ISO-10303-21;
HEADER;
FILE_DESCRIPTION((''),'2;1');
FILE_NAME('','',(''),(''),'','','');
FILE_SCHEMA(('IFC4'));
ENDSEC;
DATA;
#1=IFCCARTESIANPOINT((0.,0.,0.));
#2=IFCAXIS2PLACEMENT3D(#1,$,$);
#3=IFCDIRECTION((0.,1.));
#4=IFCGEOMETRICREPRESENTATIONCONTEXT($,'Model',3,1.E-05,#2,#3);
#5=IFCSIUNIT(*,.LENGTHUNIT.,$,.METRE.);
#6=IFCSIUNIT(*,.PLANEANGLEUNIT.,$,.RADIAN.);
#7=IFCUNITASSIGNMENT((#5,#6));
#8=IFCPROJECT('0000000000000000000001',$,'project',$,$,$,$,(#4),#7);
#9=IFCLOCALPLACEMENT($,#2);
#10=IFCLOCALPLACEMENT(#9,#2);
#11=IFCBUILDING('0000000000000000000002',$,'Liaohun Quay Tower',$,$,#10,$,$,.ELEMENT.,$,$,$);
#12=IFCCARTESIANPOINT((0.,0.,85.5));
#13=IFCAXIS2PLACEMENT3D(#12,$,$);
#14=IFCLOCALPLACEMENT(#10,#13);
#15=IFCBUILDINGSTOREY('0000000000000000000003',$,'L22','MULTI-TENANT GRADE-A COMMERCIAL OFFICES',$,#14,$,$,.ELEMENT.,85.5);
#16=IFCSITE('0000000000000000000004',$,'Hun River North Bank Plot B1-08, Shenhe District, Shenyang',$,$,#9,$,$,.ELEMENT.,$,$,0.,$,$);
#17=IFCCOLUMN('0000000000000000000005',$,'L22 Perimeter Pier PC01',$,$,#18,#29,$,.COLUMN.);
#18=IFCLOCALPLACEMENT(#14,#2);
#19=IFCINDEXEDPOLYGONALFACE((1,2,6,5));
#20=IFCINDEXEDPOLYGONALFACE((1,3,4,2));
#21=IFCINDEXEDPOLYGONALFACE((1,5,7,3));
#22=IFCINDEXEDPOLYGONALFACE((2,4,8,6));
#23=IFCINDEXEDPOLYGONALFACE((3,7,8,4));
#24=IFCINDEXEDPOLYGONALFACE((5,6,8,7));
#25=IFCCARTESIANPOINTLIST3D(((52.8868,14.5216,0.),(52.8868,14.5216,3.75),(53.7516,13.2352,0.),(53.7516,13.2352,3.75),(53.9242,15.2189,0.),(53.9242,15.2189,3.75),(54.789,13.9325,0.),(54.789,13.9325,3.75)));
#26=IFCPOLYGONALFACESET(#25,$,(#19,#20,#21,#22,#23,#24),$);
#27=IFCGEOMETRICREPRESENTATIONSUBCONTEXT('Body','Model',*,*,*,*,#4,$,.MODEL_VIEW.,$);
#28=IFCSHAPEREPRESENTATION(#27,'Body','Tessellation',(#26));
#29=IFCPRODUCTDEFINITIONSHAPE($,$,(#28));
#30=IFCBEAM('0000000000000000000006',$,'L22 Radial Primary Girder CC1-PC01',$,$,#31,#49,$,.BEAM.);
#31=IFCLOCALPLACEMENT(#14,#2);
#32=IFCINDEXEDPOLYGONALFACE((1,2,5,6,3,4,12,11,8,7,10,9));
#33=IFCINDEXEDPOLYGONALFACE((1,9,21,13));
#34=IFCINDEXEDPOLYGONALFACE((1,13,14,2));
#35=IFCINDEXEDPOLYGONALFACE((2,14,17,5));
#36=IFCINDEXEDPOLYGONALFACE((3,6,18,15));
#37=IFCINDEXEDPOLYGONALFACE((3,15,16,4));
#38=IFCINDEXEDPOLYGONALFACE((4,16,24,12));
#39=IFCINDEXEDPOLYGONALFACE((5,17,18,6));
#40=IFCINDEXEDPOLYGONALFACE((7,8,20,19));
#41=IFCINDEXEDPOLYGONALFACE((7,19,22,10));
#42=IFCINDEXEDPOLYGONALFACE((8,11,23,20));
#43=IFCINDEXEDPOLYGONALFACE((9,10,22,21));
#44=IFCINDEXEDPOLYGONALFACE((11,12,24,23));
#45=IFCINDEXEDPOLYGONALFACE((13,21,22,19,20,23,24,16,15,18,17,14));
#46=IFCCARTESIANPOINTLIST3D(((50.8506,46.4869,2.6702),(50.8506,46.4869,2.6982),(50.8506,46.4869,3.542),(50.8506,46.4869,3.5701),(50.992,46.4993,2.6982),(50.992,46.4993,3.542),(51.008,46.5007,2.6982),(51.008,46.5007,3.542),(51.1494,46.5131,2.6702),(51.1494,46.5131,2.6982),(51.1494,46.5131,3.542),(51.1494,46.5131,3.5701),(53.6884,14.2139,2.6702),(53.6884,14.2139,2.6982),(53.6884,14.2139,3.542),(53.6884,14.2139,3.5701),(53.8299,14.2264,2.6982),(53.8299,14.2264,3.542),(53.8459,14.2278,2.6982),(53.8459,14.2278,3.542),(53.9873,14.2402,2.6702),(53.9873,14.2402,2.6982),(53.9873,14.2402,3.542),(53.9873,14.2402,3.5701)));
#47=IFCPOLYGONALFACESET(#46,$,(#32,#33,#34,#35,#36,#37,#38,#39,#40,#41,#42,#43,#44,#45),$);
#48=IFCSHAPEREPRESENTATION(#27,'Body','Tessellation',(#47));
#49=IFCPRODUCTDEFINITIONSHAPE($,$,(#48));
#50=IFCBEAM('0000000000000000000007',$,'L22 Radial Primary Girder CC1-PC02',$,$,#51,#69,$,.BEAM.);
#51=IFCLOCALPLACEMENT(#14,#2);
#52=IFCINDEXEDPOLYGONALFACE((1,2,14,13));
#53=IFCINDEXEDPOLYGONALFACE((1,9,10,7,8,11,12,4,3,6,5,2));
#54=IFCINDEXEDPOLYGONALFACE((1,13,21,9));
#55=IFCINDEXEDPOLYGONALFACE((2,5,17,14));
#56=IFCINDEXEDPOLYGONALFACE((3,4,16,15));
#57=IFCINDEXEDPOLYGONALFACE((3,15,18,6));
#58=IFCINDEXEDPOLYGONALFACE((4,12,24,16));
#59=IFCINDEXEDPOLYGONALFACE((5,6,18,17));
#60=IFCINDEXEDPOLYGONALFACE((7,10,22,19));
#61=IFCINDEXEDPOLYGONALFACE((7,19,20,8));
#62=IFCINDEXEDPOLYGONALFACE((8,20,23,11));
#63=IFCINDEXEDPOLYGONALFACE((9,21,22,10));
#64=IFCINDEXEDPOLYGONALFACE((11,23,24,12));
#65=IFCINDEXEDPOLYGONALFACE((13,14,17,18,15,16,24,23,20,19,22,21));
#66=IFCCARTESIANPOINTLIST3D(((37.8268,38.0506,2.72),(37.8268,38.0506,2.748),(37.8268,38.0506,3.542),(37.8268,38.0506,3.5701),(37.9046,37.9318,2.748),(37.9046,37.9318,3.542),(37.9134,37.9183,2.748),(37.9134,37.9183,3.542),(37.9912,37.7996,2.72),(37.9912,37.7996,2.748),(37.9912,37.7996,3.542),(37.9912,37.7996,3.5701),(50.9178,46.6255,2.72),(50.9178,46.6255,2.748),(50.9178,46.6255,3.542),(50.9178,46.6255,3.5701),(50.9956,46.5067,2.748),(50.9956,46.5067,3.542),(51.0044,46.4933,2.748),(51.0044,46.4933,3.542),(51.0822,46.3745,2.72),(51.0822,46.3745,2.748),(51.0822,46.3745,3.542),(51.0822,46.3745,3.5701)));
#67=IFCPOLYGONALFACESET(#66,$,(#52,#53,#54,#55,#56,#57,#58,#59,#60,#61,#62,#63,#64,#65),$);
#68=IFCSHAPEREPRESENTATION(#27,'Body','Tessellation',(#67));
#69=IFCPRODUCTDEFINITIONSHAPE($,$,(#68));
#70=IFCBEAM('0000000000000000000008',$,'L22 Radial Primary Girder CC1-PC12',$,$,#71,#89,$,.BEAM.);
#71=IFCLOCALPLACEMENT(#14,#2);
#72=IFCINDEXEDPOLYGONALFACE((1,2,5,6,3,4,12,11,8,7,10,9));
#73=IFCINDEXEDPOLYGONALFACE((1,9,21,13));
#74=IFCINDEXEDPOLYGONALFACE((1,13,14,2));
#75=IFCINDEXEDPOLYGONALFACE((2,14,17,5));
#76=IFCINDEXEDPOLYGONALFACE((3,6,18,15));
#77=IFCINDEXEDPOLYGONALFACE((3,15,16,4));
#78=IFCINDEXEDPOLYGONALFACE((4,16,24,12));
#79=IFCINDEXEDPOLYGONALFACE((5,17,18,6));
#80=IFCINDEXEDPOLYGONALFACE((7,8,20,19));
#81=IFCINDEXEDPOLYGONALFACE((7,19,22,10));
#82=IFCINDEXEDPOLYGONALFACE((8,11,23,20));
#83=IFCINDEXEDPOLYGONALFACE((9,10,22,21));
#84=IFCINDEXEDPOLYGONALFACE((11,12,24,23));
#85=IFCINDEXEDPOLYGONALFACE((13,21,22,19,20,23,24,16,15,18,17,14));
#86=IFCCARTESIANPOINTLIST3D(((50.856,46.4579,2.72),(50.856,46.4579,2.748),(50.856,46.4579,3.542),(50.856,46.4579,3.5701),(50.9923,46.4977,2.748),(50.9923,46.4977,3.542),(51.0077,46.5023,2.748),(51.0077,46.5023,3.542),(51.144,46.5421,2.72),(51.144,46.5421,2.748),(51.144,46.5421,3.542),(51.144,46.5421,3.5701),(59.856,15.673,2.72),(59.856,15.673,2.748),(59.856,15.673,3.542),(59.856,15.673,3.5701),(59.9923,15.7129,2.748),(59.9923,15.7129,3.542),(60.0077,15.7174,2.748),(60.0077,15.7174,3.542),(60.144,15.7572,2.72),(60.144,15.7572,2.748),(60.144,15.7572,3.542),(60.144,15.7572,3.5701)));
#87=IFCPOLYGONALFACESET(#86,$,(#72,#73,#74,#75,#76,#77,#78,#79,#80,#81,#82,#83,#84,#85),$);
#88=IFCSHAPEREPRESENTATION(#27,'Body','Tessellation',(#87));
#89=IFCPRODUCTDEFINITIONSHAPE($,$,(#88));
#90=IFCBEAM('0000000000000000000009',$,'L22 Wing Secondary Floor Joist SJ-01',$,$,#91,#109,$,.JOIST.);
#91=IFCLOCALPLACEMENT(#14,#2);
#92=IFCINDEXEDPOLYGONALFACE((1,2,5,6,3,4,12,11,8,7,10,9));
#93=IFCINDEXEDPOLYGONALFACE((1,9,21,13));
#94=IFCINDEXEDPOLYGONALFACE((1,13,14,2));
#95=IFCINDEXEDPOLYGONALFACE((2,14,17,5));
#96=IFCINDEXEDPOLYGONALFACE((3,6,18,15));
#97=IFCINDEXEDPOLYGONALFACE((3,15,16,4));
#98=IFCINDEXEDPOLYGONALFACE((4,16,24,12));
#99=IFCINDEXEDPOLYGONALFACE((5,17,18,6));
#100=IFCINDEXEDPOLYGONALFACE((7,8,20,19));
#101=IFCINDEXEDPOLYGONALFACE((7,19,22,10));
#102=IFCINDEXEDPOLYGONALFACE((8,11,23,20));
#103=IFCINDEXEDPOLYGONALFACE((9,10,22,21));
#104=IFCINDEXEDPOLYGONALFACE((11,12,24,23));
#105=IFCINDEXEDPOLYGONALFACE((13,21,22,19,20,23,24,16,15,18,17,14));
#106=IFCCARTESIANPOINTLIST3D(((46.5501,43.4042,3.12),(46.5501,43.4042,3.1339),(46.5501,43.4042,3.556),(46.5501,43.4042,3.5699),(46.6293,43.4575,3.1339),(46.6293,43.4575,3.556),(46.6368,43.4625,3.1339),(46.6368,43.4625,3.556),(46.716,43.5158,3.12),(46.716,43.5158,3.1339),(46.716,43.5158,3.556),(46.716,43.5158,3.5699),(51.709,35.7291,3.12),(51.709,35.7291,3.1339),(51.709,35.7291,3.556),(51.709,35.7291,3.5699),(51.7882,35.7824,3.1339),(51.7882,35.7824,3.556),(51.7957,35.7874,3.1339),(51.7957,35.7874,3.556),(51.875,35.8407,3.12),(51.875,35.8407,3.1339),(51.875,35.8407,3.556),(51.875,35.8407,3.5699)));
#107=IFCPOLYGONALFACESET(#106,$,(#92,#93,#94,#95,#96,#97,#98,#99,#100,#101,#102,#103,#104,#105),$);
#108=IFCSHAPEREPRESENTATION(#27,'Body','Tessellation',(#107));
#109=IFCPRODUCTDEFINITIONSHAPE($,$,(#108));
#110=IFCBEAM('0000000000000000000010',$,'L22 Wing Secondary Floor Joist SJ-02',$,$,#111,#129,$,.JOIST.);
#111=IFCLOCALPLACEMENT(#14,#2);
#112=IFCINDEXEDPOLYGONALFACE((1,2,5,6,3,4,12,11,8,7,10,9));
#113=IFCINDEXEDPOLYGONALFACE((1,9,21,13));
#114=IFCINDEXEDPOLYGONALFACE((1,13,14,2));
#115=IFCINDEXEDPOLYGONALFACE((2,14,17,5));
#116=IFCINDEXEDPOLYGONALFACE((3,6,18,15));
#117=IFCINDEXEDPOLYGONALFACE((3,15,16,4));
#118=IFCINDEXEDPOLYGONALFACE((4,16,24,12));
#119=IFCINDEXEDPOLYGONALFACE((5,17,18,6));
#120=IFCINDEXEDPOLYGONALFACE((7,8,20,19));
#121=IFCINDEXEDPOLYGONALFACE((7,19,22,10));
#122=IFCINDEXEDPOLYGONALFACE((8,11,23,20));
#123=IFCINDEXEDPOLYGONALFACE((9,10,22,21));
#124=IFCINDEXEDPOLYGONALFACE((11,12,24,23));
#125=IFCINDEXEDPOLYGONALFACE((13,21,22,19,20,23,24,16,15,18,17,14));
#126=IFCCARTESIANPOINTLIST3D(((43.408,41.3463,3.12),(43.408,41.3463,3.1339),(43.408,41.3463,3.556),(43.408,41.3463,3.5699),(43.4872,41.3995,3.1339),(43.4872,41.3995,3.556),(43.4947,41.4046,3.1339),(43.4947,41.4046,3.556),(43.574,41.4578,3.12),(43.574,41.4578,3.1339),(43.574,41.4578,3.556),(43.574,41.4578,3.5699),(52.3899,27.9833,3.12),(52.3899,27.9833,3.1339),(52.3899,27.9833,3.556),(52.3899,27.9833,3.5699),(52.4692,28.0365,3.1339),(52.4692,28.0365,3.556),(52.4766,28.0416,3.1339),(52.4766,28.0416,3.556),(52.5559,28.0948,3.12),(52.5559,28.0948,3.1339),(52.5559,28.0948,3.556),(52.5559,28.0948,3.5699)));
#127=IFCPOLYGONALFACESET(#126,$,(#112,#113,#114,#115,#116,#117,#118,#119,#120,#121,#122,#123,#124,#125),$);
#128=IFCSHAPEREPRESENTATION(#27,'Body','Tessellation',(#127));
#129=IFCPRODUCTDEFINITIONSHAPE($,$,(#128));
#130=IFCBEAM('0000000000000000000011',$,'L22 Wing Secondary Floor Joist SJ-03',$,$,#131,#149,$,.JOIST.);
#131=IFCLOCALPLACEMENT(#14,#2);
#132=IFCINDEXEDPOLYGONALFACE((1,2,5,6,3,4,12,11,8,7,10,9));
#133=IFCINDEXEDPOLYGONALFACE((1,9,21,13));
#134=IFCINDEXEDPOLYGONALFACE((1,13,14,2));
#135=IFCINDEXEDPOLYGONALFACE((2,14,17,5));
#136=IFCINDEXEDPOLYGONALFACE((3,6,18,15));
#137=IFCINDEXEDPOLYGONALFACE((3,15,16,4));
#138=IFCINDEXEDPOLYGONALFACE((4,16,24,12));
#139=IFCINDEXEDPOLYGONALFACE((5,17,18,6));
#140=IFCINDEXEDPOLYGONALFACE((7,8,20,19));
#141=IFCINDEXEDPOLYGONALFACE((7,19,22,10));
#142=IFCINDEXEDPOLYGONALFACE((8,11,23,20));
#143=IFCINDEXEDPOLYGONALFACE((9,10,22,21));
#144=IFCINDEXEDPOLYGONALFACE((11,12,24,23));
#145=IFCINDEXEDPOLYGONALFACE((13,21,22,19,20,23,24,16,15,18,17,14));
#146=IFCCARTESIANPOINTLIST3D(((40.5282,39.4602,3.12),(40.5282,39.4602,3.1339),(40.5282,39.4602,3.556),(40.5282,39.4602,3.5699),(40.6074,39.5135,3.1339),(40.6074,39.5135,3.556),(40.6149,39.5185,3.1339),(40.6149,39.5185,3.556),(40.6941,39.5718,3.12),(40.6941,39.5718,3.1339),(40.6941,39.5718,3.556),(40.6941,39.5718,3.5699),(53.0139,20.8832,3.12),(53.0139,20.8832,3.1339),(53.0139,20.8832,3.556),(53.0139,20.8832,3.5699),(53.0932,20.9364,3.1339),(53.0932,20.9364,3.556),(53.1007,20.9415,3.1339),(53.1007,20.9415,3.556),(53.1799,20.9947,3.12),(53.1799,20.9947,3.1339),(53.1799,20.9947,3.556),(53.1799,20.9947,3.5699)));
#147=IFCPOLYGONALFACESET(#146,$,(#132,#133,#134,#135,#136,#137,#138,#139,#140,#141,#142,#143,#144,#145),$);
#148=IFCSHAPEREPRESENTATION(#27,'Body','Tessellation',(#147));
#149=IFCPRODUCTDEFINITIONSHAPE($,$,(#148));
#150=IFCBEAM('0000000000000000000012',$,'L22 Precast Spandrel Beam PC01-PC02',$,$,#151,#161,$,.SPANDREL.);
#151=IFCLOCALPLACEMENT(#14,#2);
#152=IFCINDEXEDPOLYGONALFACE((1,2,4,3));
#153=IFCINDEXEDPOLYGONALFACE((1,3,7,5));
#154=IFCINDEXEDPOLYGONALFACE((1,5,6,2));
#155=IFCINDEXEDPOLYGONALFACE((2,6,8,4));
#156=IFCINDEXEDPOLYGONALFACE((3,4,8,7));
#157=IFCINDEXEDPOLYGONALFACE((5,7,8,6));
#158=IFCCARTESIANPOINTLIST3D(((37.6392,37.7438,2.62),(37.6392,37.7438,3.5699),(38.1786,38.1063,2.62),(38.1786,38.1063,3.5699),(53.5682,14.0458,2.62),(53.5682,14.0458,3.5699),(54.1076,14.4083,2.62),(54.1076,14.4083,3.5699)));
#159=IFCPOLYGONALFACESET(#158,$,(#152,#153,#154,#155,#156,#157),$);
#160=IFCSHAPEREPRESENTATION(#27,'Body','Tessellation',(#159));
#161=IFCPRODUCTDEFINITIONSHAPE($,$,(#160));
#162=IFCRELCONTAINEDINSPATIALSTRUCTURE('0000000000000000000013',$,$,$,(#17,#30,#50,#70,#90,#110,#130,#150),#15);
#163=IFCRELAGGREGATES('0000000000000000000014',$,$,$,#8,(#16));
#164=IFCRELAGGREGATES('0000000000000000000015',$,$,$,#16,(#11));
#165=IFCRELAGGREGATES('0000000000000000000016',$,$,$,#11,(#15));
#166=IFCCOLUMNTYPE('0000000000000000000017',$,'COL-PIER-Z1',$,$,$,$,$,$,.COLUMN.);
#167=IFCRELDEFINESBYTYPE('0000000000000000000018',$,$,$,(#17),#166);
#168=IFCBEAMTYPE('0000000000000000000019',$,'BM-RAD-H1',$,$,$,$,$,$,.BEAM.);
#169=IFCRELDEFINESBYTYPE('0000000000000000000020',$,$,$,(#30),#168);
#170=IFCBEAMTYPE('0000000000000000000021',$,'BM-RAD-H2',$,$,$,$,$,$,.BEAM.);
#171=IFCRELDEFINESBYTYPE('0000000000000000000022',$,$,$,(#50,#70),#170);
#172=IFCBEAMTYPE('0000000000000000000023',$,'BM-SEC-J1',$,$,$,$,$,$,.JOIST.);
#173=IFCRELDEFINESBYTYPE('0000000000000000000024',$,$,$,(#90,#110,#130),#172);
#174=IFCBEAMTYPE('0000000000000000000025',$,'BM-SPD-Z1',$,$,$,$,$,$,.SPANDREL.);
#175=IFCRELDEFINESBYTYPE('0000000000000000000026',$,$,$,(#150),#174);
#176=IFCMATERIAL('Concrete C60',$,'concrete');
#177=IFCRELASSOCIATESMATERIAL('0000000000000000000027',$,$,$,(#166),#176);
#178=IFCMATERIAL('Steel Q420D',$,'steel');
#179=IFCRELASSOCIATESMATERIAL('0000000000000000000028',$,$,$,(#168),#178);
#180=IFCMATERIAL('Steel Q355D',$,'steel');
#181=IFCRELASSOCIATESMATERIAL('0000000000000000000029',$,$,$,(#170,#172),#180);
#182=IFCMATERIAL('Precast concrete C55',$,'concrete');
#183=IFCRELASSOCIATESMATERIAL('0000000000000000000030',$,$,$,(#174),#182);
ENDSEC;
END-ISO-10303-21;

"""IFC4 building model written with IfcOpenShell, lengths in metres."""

from ifc_helpers import new_model, si_unit, direction, frame, origin, origin_2d, place, context, subcontext, project, spatial, rectangle, i_section, extrude, source, transform, mapped, material, material_profile, profile_set, type_object, element, save


model = new_model("IFC4")

# Units and contexts
model_context = context("Model", 3, precision=1e-05, world=origin(), true_north=direction((0.0, 1.0)))
body_context = subcontext(model_context, "Body", "Model", "MODEL_VIEW")
ifc_project = project(units=[si_unit("LENGTHUNIT", "METRE"), si_unit("PLANEANGLEUNIT", "RADIAN")], contexts=[model_context])

# Site, building, storey
site_placement = place(None, origin())
site = spatial("IfcSite", under=ifc_project, at=site_placement, Name="Hun River North Bank Plot B1-08, Shenhe District, Shenyang", CompositionType="ELEMENT", RefElevation=0.0)
building_placement = place(site_placement, origin())
building = spatial("IfcBuilding", under=site, at=building_placement, Name="Liaohun Quay Tower", CompositionType="ELEMENT")
storey_placement = place(building_placement, frame((0.0, 0.0, 85.5)))
storey = spatial("IfcBuildingStorey", under=building, at=storey_placement, Name="L22", Description="MULTI-TENANT GRADE-A COMMERCIAL OFFICES", CompositionType="ELEMENT", Elevation=85.5)

# Column
ifc_material_1 = material(Name="Concrete C60", Category="concrete")
ifc_material_profile_1 = material_profile(ifc_material_1, rectangle(XDim=1.55, YDim=1.25, at=origin_2d()), Name="RC1550x1250")
ifc_profile_set_1 = profile_set([ifc_material_profile_1], Name="Concrete C60")
column_type = type_object("IfcColumnType", Name="COL-PIER-Z1", PredefinedType="COLUMN", material=ifc_profile_set_1)
shared_shape_1 = source(origin(), body_context, "Body", "SweptSolid", [
    extrude(rectangle(XDim=1.55, YDim=1.25, at=origin_2d()), origin(), (0.0, 0.0, 1.0), 3.75),
])
column_placement = place(storey_placement, frame((53.8379, 14.2271, 0.0), z_axis=(0.0, 0.0, 1.0), x_axis=(-0.55789, 0.829915, 0.0)))
element("IfcColumn", 1, at=column_placement, inside=storey, type_object=column_type, Name="L22 Perimeter Pier PC01", PredefinedType="COLUMN", context=body_context, shape_type="MappedRepresentation", body=[
    mapped(shared_shape_1, transform((0.0, 0.0, 0.0), x_axis=(1.0, 0.0, 0.0), y_axis=(0.0, 1.0, 0.0), z_axis=(0.0, 0.0, 1.0), scale=1.0)),
])

# Beams
ifc_material_2 = material(Name="Steel Q420D", Category="steel")
ifc_material_profile_2 = material_profile(ifc_material_2, i_section(OverallWidth=0.3, OverallDepth=0.8999, WebThickness=0.0161, FlangeThickness=0.0281, at=origin_2d()), Name="HN900x300x16x28")
ifc_profile_set_2 = profile_set([ifc_material_profile_2], Name="Steel Q420D")
beam_type_1 = type_object("IfcBeamType", Name="BM-RAD-H1", PredefinedType="BEAM", material=ifc_profile_set_2)
shared_shape_2 = source(origin(), body_context, "Body", "SweptSolid", [
    extrude(i_section(OverallWidth=0.3, OverallDepth=0.8999, WebThickness=0.0161, FlangeThickness=0.0281, at=origin_2d()), origin(), (0.0, 0.0, 1.0), 32.3975),
])
beam_1_placement = place(storey_placement, frame((51.0, 46.5, 3.1201), z_axis=(0.087596, -0.996156, 0.0), x_axis=(0.996156, 0.087596, 0.0)))
element("IfcBeam", 2, at=beam_1_placement, inside=storey, type_object=beam_type_1, Name="L22 Radial Primary Girder CC1-PC01", PredefinedType="BEAM", context=body_context, shape_type="MappedRepresentation", body=[
    mapped(shared_shape_2, transform((0.0, 0.0, 0.0), x_axis=(1.0, 0.0, 0.0), y_axis=(0.0, 1.0, 0.0), z_axis=(0.0, 0.0, 1.0), scale=1.0)),
])
ifc_material_3 = material(Name="Steel Q355D", Category="steel")
ifc_material_profile_3 = material_profile(ifc_material_3, i_section(OverallWidth=0.3, OverallDepth=0.8501, WebThickness=0.0161, FlangeThickness=0.0281, at=origin_2d()), Name="HN850x300x16x28")
ifc_profile_set_3 = profile_set([ifc_material_profile_3], Name="Steel Q355D")
beam_type_2 = type_object("IfcBeamType", Name="BM-RAD-H2", PredefinedType="BEAM", material=ifc_profile_set_3)
shared_shape_3 = source(origin(), body_context, "Body", "SweptSolid", [
    extrude(i_section(OverallWidth=0.3, OverallDepth=0.8501, WebThickness=0.0161, FlangeThickness=0.0281, at=origin_2d()), origin(), (0.0, 0.0, 1.0), 15.6494),
])
beam_2_placement = place(storey_placement, frame((51.0, 46.5, 3.145), z_axis=(-0.836518, -0.547939, 0.0), x_axis=(0.547939, -0.836518, 0.0)))
element("IfcBeam", 3, at=beam_2_placement, inside=storey, type_object=beam_type_2, Name="L22 Radial Primary Girder CC1-PC02", PredefinedType="BEAM", context=body_context, shape_type="MappedRepresentation", body=[
    mapped(shared_shape_3, transform((0.0, 0.0, 0.0), x_axis=(1.0, 0.0, 0.0), y_axis=(0.0, 1.0, 0.0), z_axis=(0.0, 0.0, 1.0), scale=1.0)),
])
shared_shape_4 = source(origin(), body_context, "Body", "SweptSolid", [
    extrude(i_section(OverallWidth=0.3, OverallDepth=0.8501, WebThickness=0.0161, FlangeThickness=0.0281, at=origin_2d()), origin(), (0.0, 0.0, 1.0), 32.0735),
])
beam_3_placement = place(storey_placement, frame((51.0, 46.5, 3.145), z_axis=(0.280605, -0.959823, 0.0), x_axis=(0.959823, 0.280605, 0.0)))
element("IfcBeam", 4, at=beam_3_placement, inside=storey, type_object=beam_type_2, Name="L22 Radial Primary Girder CC1-PC12", PredefinedType="BEAM", context=body_context, shape_type="MappedRepresentation", body=[
    mapped(shared_shape_4, transform((0.0, 0.0, 0.0), x_axis=(1.0, 0.0, 0.0), y_axis=(0.0, 1.0, 0.0), z_axis=(0.0, 0.0, 1.0), scale=1.0)),
])
ifc_material_profile_4 = material_profile(ifc_material_3, i_section(OverallWidth=0.2, OverallDepth=0.45, WebThickness=0.009, FlangeThickness=0.0139, at=origin_2d()), Name="HN450x200x9x14")
ifc_profile_set_4 = profile_set([ifc_material_profile_4], Name="Steel Q355D")
beam_type_3 = type_object("IfcBeamType", Name="BM-SEC-J1", PredefinedType="JOIST", material=ifc_profile_set_4)
shared_shape_5 = source(origin(), body_context, "Body", "SweptSolid", [
    extrude(i_section(OverallWidth=0.2, OverallDepth=0.45, WebThickness=0.009, FlangeThickness=0.0139, at=origin_2d()), origin(), (0.0, 0.0, 1.0), 9.2478),
])
beam_4_placement = place(storey_placement, frame((51.792, 35.7849, 3.345), z_axis=(-0.557858, 0.829936, 0.0), x_axis=(-0.829936, -0.557858, 0.0)))
element("IfcBeam", 5, at=beam_4_placement, inside=storey, type_object=beam_type_3, Name="L22 Wing Secondary Floor Joist SJ-01", PredefinedType="JOIST", context=body_context, shape_type="MappedRepresentation", body=[
    mapped(shared_shape_5, transform((0.0, 0.0, 0.0), x_axis=(1.0, 0.0, 0.0), y_axis=(0.0, 1.0, 0.0), z_axis=(0.0, 0.0, 1.0), scale=1.0)),
])
shared_shape_6 = source(origin(), body_context, "Body", "SweptSolid", [
    extrude(i_section(OverallWidth=0.2, OverallDepth=0.45, WebThickness=0.009, FlangeThickness=0.0139, at=origin_2d()), origin(), (0.0, 0.0, 1.0), 16.1011),
])
beam_5_placement = place(storey_placement, frame((52.4729, 28.0391, 3.345), z_axis=(-0.557845, 0.829945, 0.0), x_axis=(-0.829945, -0.557845, 0.0)))
element("IfcBeam", 6, at=beam_5_placement, inside=storey, type_object=beam_type_3, Name="L22 Wing Secondary Floor Joist SJ-02", PredefinedType="JOIST", context=body_context, shape_type="MappedRepresentation", body=[
    mapped(shared_shape_6, transform((0.0, 0.0, 0.0), x_axis=(1.0, 0.0, 0.0), y_axis=(0.0, 1.0, 0.0), z_axis=(0.0, 0.0, 1.0), scale=1.0)),
])
shared_shape_7 = source(origin(), body_context, "Body", "SweptSolid", [
    extrude(i_section(OverallWidth=0.2, OverallDepth=0.45, WebThickness=0.009, FlangeThickness=0.0139, at=origin_2d()), origin(), (0.0, 0.0, 1.0), 22.3831),
])
beam_6_placement = place(storey_placement, frame((53.0969, 20.939, 3.345), z_axis=(-0.557822, 0.82996, 0.0), x_axis=(-0.82996, -0.557822, 0.0)))
element("IfcBeam", 7, at=beam_6_placement, inside=storey, type_object=beam_type_3, Name="L22 Wing Secondary Floor Joist SJ-03", PredefinedType="JOIST", context=body_context, shape_type="MappedRepresentation", body=[
    mapped(shared_shape_7, transform((0.0, 0.0, 0.0), x_axis=(1.0, 0.0, 0.0), y_axis=(0.0, 1.0, 0.0), z_axis=(0.0, 0.0, 1.0), scale=1.0)),
])
ifc_material_4 = material(Name="Precast concrete C55", Category="concrete")
ifc_material_profile_5 = material_profile(ifc_material_4, rectangle(XDim=0.6499, YDim=0.95, at=origin_2d()), Name="RC650x950")
ifc_profile_set_5 = profile_set([ifc_material_profile_5], Name="Precast concrete C55")
beam_type_4 = type_object("IfcBeamType", Name="BM-SPD-Z1", PredefinedType="SPANDREL", material=ifc_profile_set_5)
shared_shape_8 = source(origin(), body_context, "Body", "SweptSolid", [
    extrude(rectangle(XDim=0.6499, YDim=0.95, at=origin_2d()), origin(), (0.0, 0.0, 1.0), 28.554),
])
beam_7_placement = place(storey_placement, frame((53.8379, 14.2271, 3.095), z_axis=(-0.557855, 0.829938, 0.0), x_axis=(-0.829938, -0.557855, 0.0)))
element("IfcBeam", 8, at=beam_7_placement, inside=storey, type_object=beam_type_4, Name="L22 Precast Spandrel Beam PC01-PC02", PredefinedType="SPANDREL", context=body_context, shape_type="MappedRepresentation", body=[
    mapped(shared_shape_8, transform((0.0, 0.0, 0.0), x_axis=(1.0, 0.0, 0.0), y_axis=(0.0, 1.0, 0.0), z_axis=(0.0, 0.0, 1.0), scale=1.0)),
])

save(model, "model.ifc")
